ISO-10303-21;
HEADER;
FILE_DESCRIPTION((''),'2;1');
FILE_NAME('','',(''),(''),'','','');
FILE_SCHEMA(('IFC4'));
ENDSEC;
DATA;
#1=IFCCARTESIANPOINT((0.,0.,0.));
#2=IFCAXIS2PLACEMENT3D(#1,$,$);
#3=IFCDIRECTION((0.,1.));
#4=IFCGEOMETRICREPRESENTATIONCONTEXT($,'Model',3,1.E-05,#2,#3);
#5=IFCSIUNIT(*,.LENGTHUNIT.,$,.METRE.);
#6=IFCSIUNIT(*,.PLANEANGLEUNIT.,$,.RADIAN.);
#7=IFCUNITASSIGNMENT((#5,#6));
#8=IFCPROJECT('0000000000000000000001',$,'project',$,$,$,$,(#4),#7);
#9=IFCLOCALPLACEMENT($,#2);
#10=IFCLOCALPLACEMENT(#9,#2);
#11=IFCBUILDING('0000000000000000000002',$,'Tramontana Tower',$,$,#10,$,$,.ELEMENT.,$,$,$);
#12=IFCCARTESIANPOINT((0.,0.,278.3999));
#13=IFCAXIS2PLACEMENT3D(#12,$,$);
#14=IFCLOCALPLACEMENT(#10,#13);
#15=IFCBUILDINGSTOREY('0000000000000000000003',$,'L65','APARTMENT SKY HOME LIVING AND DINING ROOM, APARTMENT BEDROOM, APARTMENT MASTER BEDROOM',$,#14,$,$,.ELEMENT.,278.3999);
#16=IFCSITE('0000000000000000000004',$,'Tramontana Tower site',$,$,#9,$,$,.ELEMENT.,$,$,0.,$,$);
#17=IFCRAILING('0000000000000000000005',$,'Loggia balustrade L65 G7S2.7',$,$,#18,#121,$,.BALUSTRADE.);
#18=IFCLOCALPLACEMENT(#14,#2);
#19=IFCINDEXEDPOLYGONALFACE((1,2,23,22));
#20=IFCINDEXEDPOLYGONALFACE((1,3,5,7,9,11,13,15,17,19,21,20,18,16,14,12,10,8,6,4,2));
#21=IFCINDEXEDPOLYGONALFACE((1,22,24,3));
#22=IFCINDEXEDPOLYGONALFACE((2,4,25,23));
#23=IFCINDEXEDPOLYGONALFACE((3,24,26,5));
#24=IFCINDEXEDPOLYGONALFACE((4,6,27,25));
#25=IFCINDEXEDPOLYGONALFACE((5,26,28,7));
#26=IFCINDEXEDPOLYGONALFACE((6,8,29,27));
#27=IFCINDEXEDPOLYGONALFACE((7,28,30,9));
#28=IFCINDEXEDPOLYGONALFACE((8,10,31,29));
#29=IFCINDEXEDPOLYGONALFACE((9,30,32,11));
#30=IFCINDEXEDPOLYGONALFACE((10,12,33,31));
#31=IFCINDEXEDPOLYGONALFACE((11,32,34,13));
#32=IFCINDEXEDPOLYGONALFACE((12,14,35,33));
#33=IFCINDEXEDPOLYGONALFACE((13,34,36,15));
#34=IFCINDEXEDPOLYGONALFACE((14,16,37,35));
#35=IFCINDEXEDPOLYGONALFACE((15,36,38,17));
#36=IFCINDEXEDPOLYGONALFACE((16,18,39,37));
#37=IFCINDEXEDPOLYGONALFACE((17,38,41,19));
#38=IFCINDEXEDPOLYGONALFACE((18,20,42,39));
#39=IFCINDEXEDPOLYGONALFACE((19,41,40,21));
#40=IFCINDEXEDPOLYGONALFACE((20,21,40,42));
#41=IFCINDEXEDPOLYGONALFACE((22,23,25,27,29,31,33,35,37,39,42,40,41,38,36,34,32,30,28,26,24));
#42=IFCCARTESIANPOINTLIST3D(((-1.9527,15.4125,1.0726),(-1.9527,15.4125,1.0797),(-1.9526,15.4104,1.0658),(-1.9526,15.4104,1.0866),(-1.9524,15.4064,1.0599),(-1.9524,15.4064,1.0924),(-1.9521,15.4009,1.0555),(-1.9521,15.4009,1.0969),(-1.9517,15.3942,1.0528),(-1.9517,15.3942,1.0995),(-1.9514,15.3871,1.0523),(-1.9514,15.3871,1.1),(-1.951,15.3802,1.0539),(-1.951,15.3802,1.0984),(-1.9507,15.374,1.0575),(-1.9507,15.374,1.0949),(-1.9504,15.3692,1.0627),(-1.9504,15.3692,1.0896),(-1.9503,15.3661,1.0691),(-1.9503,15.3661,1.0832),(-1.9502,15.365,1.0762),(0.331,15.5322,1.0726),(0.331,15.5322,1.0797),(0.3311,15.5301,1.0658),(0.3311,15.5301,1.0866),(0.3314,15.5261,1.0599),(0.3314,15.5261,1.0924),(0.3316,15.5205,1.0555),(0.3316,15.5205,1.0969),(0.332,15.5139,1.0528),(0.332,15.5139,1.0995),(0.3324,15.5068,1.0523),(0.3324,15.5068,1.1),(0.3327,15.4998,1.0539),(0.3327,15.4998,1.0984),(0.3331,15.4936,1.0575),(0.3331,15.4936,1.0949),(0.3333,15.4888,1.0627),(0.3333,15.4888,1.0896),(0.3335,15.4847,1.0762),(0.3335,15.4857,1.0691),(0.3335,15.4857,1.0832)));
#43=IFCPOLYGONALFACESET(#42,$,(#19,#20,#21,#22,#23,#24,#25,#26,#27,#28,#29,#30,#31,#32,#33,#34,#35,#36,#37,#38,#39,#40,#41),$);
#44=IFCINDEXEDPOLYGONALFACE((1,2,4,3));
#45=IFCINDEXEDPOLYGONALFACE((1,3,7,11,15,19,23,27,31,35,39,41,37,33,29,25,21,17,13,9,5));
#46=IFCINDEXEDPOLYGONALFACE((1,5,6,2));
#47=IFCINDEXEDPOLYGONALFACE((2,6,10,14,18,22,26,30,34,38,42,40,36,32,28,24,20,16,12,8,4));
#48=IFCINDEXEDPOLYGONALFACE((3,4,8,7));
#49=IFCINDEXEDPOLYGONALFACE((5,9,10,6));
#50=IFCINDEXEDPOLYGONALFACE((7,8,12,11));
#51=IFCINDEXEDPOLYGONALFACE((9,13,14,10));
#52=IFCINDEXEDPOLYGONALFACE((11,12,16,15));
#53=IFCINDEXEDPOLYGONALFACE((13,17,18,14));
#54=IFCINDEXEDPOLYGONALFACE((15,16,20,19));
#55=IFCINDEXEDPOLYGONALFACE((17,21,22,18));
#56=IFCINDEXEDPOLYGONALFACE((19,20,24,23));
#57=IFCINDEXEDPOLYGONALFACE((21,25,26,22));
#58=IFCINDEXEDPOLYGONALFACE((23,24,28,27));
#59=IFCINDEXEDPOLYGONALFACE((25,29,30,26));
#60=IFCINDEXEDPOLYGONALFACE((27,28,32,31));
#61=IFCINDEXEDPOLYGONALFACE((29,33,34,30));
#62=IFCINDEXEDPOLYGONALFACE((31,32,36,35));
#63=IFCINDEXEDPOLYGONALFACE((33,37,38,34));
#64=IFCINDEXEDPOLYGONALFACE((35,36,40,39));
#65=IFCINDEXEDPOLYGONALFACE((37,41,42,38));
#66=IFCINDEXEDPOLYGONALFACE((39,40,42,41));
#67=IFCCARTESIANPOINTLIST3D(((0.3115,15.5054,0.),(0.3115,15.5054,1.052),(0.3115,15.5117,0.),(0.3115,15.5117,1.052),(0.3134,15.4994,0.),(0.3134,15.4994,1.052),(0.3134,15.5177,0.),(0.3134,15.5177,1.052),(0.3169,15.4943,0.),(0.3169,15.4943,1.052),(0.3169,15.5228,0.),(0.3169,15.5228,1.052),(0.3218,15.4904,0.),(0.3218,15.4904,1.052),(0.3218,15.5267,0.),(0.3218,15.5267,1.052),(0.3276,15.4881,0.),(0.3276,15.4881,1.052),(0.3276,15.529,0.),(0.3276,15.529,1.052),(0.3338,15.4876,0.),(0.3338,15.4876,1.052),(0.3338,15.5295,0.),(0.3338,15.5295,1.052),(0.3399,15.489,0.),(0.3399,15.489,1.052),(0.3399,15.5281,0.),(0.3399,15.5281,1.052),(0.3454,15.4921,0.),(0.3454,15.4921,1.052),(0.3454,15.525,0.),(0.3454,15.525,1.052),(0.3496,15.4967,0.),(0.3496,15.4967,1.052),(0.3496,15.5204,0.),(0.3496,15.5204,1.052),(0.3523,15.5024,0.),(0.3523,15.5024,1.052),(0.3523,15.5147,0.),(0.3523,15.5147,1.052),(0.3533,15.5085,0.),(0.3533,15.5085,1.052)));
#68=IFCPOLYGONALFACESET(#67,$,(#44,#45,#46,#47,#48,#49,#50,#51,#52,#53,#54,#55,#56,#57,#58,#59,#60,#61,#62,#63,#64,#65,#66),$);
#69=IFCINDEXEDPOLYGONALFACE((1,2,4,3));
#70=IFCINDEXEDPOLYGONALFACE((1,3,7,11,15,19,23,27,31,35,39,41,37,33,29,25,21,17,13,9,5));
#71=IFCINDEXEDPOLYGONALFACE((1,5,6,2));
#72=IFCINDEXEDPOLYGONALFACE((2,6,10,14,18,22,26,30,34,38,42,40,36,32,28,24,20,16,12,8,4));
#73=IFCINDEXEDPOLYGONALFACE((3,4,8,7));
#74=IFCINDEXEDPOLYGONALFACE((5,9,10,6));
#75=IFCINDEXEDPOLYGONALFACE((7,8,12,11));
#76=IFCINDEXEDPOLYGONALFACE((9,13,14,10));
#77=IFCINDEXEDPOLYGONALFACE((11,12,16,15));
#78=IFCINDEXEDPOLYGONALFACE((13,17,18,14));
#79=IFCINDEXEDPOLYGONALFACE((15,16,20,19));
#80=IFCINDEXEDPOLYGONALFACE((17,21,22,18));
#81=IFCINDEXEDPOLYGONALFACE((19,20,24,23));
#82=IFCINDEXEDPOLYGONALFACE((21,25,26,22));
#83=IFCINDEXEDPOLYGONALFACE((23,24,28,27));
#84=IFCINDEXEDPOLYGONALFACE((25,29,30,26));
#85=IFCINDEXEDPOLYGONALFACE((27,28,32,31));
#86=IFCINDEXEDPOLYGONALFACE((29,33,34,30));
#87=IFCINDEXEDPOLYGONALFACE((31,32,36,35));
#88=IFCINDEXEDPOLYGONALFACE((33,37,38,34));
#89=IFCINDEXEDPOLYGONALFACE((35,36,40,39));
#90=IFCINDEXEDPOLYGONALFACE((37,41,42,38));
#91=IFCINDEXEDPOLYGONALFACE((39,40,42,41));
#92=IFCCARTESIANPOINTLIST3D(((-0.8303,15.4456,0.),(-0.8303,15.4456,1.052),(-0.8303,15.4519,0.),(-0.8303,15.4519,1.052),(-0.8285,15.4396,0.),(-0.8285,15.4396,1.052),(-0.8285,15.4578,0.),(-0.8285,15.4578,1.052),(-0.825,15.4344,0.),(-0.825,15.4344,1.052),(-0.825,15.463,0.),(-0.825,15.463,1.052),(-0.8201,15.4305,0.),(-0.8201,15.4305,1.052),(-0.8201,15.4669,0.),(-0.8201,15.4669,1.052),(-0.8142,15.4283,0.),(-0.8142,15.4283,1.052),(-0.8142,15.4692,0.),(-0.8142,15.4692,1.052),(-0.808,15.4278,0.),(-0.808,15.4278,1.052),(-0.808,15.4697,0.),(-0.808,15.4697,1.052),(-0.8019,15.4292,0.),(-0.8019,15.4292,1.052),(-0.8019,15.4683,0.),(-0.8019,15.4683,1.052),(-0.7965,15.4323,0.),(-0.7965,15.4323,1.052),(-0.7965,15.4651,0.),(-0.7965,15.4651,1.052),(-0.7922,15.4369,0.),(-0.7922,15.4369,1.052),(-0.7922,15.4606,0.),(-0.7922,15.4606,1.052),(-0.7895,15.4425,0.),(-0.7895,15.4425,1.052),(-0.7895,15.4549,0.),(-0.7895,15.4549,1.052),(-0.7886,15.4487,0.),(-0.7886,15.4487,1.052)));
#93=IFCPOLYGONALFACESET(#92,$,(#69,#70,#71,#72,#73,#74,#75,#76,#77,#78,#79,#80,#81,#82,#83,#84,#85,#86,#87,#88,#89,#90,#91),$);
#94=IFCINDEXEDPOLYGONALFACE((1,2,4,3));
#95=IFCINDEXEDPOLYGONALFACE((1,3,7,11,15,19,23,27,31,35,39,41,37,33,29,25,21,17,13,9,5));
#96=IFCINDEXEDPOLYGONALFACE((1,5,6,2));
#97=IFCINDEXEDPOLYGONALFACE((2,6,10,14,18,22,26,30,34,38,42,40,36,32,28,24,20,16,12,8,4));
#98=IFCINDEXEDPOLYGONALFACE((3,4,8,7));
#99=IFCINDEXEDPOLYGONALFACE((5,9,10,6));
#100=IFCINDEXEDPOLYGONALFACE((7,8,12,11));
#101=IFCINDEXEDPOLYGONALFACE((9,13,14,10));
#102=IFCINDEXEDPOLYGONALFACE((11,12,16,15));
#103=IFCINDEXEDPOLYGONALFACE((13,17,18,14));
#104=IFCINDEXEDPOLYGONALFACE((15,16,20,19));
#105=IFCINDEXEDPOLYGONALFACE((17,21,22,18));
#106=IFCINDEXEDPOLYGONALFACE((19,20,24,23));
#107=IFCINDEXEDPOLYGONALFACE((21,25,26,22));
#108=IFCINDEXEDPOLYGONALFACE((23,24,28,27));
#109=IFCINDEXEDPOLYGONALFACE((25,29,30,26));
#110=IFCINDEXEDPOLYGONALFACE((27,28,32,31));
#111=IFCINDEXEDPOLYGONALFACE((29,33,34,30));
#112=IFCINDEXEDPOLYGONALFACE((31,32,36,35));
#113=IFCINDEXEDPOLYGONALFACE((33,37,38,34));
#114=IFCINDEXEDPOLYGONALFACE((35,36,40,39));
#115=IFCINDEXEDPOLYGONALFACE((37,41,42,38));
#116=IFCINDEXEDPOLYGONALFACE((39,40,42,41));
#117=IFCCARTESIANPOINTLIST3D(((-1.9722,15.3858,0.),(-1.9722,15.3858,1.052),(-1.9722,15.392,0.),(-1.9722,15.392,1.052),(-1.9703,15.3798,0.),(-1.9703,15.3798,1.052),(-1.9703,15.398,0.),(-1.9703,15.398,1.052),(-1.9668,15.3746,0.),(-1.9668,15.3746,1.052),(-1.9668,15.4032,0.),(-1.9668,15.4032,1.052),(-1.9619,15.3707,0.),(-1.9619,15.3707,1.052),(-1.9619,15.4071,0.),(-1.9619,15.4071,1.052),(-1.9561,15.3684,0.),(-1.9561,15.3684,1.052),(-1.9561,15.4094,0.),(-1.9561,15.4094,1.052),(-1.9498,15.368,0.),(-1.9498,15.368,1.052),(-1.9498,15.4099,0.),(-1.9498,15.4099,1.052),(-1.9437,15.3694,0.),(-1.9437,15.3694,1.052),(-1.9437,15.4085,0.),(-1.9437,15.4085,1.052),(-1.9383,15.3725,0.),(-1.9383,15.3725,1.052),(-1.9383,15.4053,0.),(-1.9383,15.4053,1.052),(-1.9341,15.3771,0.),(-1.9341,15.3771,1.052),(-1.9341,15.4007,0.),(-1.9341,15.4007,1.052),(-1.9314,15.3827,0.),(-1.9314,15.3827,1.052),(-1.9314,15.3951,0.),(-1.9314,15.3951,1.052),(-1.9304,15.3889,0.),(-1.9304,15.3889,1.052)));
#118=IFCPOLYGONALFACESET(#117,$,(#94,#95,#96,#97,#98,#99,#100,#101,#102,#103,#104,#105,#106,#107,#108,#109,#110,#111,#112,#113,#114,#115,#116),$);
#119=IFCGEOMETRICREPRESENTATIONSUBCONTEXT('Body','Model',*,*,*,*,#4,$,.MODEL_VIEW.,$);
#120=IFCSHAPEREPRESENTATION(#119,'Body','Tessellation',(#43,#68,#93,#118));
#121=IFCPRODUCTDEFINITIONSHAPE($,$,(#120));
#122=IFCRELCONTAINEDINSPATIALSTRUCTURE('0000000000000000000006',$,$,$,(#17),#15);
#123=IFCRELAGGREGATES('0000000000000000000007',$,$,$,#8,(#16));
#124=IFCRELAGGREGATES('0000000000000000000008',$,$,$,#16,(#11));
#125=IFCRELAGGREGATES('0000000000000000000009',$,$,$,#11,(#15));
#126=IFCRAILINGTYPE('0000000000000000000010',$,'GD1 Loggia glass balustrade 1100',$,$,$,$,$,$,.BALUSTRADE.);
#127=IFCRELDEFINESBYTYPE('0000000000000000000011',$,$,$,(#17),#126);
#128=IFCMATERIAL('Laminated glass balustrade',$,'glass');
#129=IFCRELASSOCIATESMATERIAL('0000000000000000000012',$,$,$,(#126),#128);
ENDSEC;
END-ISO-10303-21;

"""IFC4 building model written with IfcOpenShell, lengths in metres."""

from ifc_helpers import new_model, si_unit, direction, frame, origin, origin_2d, place, context, subcontext, project, spatial, circle, extrude, material, type_object, element, save


model = new_model("IFC4")

# Units and contexts
model_context = context("Model", 3, precision=1e-05, world=origin(), true_north=direction((0.0, 1.0)))
body_context = subcontext(model_context, "Body", "Model", "MODEL_VIEW")
ifc_project = project(units=[si_unit("LENGTHUNIT", "METRE"), si_unit("PLANEANGLEUNIT", "RADIAN")], contexts=[model_context])

# Site, building, storey
site_placement = place(None, origin())
site = spatial("IfcSite", under=ifc_project, at=site_placement, Name="Tramontana Tower site", CompositionType="ELEMENT", RefElevation=0.0)
building_placement = place(site_placement, origin())
building = spatial("IfcBuilding", under=site, at=building_placement, Name="Tramontana Tower", CompositionType="ELEMENT")
storey_placement = place(building_placement, frame((0.0, 0.0, 278.3999)))
storey = spatial("IfcBuildingStorey", under=building, at=storey_placement, Name="L65", Description="APARTMENT SKY HOME LIVING AND DINING ROOM, APARTMENT BEDROOM, APARTMENT MASTER BEDROOM", CompositionType="ELEMENT", Elevation=278.3999)

# Railing
ifc_material_1 = material(Name="Laminated glass balustrade", Category="glass")
railing_type = type_object("IfcRailingType", Name="GD1 Loggia glass balustrade 1100", PredefinedType="BALUSTRADE", material=ifc_material_1)
railing_placement = place(storey_placement, frame((0.3323, 15.5085, 0.0)))
element("IfcRailing", 1, at=railing_placement, inside=storey, type_object=railing_type, Name="Loggia balustrade L65 G7S2.7", PredefinedType="BALUSTRADE", context=body_context, shape_type="SweptSolid", body=[
    extrude(circle(Radius=0.0239, at=origin_2d()), frame((0.0, 0.0, 1.0762), z_axis=(-0.998631, -0.052312, 0.0), x_axis=(0.052312, -0.998631, 0.0)), (0.0, 0.0, 1.0), 2.2869),
    extrude(circle(Radius=0.021, at=origin_2d()), origin(), (0.0, 0.0, 1.0), 1.052),
    extrude(circle(Radius=0.021, at=origin_2d()), frame((-1.1418, -0.0598, 0.0)), (0.0, 0.0, 1.0), 1.052),
    extrude(circle(Radius=0.021, at=origin_2d()), frame((-2.2837, -0.1196, 0.0)), (0.0, 0.0, 1.0), 1.052),
])

save(model, "model.ifc")
